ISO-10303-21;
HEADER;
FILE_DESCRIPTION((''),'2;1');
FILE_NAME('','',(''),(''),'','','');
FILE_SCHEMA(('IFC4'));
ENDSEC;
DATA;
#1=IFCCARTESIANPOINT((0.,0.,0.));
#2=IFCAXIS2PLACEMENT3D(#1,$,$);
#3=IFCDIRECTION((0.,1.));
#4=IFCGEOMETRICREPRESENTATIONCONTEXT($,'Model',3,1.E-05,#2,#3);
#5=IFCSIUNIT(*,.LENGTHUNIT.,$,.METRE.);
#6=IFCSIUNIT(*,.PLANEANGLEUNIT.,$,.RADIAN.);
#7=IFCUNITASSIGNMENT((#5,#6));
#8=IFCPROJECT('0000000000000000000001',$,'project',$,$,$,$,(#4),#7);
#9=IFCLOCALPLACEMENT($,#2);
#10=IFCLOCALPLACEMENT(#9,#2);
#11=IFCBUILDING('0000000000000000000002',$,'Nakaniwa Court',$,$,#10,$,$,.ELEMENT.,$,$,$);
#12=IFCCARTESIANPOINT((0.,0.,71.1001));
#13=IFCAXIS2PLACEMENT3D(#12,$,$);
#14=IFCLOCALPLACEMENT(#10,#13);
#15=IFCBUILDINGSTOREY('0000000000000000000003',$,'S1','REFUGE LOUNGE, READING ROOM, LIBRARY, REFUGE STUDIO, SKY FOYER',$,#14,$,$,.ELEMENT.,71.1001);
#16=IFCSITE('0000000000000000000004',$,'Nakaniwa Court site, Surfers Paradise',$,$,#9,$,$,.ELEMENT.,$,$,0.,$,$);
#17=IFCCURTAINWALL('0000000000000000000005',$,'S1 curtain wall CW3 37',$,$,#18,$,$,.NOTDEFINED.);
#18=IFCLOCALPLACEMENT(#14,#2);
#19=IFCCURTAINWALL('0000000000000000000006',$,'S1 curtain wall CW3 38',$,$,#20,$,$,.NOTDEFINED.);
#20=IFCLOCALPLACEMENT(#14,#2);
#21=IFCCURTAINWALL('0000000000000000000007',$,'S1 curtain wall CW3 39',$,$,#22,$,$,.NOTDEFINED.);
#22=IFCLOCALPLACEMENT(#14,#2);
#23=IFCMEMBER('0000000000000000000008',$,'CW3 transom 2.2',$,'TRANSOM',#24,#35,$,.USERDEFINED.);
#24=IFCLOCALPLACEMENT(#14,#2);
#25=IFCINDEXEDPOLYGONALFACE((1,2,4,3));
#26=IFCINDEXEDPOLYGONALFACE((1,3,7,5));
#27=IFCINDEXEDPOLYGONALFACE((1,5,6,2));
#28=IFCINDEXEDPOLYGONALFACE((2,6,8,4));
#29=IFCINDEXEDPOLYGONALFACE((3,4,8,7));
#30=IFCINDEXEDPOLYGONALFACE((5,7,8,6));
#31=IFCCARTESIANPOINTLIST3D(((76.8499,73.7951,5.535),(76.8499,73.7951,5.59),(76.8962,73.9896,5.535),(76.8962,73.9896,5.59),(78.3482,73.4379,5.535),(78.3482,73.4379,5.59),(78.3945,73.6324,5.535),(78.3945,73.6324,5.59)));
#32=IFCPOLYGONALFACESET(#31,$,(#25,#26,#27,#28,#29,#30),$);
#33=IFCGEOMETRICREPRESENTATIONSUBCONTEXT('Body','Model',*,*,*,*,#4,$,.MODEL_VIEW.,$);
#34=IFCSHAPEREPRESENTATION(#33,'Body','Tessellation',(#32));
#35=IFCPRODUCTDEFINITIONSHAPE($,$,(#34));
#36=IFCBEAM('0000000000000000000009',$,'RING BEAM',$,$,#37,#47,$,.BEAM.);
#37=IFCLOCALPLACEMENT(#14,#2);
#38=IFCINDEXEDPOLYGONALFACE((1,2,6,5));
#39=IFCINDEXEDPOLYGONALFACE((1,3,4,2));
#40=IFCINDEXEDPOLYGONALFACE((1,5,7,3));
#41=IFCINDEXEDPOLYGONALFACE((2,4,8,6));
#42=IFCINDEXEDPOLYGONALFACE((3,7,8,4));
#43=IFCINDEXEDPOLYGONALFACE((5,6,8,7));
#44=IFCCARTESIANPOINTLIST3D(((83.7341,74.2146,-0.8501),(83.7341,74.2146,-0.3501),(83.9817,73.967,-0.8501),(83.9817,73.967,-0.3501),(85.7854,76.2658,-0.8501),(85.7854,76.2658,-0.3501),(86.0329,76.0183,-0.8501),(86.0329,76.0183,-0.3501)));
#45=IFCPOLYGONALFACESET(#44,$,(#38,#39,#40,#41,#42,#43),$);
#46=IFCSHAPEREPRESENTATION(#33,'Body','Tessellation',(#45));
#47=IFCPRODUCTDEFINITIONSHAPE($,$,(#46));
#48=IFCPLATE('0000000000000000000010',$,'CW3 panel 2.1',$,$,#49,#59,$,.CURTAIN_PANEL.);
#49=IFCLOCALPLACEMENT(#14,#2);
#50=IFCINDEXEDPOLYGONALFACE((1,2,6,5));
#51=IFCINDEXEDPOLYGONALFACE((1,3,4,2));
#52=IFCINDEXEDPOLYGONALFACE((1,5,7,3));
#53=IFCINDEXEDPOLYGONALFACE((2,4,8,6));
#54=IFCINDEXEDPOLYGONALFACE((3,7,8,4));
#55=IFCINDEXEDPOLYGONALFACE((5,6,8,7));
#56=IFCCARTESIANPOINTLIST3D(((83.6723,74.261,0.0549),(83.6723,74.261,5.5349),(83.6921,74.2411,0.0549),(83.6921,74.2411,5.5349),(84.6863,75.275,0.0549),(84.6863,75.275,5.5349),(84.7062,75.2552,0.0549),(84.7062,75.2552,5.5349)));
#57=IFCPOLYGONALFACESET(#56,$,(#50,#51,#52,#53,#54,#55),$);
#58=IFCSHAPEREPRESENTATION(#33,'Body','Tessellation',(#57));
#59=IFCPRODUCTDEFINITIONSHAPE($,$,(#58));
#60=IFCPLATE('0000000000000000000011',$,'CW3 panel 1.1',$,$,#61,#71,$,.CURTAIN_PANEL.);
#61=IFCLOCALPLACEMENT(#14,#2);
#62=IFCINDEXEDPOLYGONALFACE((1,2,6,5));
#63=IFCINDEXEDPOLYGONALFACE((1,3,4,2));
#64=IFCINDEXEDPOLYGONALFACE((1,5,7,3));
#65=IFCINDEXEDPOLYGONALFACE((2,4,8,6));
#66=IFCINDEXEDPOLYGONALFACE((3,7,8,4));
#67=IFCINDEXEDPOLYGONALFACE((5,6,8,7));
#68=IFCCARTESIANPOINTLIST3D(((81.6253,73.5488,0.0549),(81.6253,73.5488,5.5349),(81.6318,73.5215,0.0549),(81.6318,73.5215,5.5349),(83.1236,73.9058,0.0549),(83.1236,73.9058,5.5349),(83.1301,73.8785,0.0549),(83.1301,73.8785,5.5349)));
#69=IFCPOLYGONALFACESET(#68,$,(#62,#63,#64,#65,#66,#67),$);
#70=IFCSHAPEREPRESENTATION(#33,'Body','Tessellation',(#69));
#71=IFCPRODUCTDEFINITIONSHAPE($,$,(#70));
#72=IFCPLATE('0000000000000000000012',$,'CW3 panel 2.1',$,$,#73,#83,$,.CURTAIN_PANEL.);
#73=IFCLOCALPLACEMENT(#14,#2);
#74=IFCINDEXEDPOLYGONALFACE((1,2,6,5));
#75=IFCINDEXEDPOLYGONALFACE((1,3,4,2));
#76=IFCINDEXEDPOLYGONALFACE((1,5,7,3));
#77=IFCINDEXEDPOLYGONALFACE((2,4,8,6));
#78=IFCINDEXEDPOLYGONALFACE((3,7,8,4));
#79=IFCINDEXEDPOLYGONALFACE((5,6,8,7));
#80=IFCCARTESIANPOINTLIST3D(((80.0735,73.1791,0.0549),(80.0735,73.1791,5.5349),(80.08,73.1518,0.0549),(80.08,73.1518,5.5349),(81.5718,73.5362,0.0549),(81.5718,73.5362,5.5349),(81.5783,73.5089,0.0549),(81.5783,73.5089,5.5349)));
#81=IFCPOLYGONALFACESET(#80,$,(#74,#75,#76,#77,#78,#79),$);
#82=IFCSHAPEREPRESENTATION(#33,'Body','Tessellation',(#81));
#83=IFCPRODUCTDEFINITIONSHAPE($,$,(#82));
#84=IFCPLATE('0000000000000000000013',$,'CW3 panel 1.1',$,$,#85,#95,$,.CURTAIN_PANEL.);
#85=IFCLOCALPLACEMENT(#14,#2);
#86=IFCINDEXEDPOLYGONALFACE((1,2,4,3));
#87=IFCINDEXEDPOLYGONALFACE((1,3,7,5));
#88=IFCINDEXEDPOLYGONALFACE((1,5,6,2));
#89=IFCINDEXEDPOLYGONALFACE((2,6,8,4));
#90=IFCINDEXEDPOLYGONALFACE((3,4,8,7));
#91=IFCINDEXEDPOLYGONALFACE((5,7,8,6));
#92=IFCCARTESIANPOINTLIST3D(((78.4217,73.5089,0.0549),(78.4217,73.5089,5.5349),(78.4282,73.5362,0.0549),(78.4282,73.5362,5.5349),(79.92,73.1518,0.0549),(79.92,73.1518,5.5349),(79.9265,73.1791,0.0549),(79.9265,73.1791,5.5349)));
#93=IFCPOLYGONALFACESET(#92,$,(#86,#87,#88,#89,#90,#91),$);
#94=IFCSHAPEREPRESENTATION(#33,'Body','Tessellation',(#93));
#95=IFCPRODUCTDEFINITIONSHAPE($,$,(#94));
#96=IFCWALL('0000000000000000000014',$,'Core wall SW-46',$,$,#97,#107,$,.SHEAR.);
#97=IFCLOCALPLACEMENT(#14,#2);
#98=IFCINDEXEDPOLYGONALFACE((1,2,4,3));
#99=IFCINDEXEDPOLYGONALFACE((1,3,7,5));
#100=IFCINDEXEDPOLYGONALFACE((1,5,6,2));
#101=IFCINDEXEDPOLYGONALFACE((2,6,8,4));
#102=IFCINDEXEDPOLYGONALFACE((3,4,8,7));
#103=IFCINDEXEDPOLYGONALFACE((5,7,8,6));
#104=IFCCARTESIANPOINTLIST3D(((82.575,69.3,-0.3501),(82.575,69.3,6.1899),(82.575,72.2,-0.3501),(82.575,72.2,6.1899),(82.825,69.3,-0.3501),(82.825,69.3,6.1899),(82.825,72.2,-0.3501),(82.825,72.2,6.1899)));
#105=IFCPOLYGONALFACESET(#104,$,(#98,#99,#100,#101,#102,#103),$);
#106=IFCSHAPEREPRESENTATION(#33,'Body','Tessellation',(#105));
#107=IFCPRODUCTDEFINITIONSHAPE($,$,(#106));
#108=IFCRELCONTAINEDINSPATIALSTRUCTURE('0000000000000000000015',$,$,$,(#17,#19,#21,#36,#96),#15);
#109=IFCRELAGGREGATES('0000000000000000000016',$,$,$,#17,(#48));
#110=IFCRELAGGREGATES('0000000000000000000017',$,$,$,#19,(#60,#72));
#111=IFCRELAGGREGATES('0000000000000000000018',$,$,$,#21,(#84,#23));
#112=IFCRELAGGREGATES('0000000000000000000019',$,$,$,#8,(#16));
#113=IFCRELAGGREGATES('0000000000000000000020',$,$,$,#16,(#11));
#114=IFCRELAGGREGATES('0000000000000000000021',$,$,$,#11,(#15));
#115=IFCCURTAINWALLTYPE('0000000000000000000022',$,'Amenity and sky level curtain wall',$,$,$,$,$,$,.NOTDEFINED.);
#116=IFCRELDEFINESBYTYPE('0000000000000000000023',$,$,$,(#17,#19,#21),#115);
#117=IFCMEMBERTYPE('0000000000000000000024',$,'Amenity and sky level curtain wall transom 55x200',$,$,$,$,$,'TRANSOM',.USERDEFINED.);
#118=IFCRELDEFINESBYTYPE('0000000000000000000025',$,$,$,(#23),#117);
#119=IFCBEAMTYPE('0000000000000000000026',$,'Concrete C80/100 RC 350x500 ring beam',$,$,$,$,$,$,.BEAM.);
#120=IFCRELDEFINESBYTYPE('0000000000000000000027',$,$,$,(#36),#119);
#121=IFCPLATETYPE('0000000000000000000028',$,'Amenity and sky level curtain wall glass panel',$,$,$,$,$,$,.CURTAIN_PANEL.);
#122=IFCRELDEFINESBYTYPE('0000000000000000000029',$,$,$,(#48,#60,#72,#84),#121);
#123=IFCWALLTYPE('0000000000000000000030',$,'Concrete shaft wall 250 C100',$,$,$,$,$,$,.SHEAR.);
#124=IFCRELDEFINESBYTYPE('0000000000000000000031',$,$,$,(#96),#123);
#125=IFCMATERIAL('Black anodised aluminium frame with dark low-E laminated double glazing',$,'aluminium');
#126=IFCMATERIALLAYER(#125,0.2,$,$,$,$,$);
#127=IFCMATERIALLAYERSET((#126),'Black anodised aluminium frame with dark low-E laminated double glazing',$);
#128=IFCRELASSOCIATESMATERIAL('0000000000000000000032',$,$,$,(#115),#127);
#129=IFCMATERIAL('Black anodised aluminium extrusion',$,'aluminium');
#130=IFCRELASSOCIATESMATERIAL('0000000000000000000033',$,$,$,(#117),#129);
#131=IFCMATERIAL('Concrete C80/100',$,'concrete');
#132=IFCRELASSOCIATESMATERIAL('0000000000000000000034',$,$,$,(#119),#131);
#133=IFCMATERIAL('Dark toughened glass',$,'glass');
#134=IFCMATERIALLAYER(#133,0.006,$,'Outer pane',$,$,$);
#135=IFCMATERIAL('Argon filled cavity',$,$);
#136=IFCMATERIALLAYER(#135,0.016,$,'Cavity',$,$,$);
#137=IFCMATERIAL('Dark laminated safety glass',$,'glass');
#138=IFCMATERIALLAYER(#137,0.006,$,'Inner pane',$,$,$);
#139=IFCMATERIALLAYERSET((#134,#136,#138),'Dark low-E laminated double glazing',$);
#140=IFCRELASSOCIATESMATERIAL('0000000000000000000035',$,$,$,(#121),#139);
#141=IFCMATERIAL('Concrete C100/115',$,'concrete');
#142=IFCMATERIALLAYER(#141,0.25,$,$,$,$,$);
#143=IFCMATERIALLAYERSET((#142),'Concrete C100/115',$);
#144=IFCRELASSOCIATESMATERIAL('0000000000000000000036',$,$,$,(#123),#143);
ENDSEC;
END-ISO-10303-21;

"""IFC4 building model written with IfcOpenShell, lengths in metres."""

from ifc_helpers import new_model, si_unit, direction, frame, frame_2d, origin, origin_2d, place, context, subcontext, project, spatial, rectangle, extrude, material, layer, layer_set, material_profile, profile_set, type_object, element, aggregate, save


model = new_model("IFC4")

# Units and contexts
model_context = context("Model", 3, precision=1e-05, world=origin(), true_north=direction((0.0, 1.0)))
body_context = subcontext(model_context, "Body", "Model", "MODEL_VIEW")
ifc_project = project(units=[si_unit("LENGTHUNIT", "METRE"), si_unit("PLANEANGLEUNIT", "RADIAN")], contexts=[model_context])

# Site, building, storey
site_placement = place(None, origin())
site = spatial("IfcSite", under=ifc_project, at=site_placement, Name="Nakaniwa Court site, Surfers Paradise", CompositionType="ELEMENT", RefElevation=0.0)
building_placement = place(site_placement, origin())
building = spatial("IfcBuilding", under=site, at=building_placement, Name="Nakaniwa Court", CompositionType="ELEMENT")
storey_placement = place(building_placement, frame((0.0, 0.0, 71.1001)))
storey = spatial("IfcBuildingStorey", under=building, at=storey_placement, Name="S1", Description="REFUGE LOUNGE, READING ROOM, LIBRARY, REFUGE STUDIO, SKY FOYER", CompositionType="ELEMENT", Elevation=71.1001)

# Shared definitions
ifc_material_1 = material(Name="Concrete C80/100", Category="concrete")

# Curtain wall
ifc_material_2 = material(Name="Black anodised aluminium frame with dark low-E laminated double glazing", Category="aluminium")
ifc_layer_1 = layer(ifc_material_2, 0.2)
ifc_layer_set_1 = layer_set([ifc_layer_1], Name="Black anodised aluminium frame with dark low-E laminated double glazing")
curtain_wall_type = type_object("IfcCurtainWallType", Name="Amenity and sky level curtain wall", PredefinedType="NOTDEFINED", material=ifc_layer_set_1)
curtain_wall_1_placement = place(storey_placement, origin())
curtain_wall_1 = element("IfcCurtainWall", 1, at=curtain_wall_1_placement, inside=storey, type_object=curtain_wall_type, Name="S1 curtain wall CW3 37", PredefinedType="NOTDEFINED")
ifc_material_3 = material(Name="Black anodised aluminium extrusion", Category="aluminium")

# Curtain walls
curtain_wall_2_placement = place(storey_placement, origin())
curtain_wall_2 = element("IfcCurtainWall", 2, at=curtain_wall_2_placement, inside=storey, type_object=curtain_wall_type, Name="S1 curtain wall CW3 38", PredefinedType="NOTDEFINED")
curtain_wall_3_placement = place(storey_placement, origin())
curtain_wall_3 = element("IfcCurtainWall", 3, at=curtain_wall_3_placement, inside=storey, type_object=curtain_wall_type, Name="S1 curtain wall CW3 39", PredefinedType="NOTDEFINED")

# Member
ifc_material_profile_1 = material_profile(ifc_material_3, rectangle(XDim=0.2, YDim=0.0549, at=origin_2d()), Name="Amenity and sky level curtain wall transom 55x200")
ifc_profile_set_1 = profile_set([ifc_material_profile_1], Name="Black anodised aluminium extrusion")
member_type_1 = type_object("IfcMemberType", Name="Amenity and sky level curtain wall transom 55x200", ElementType="TRANSOM", PredefinedType="USERDEFINED", material=ifc_profile_set_1)
member_1_placement = place(storey_placement, frame((78.3713, 73.5352, 5.5625), z_axis=(-0.972742, 0.231892, 0.0), x_axis=(-0.231892, -0.972742, 0.0)))
member_1 = element("IfcMember", 4, at=member_1_placement, type_object=member_type_1, Name="CW3 transom 2.2", ObjectType="TRANSOM", PredefinedType="USERDEFINED", context=body_context, shape_type="SweptSolid", body=[
    extrude(rectangle(XDim=0.2, YDim=0.0549, at=origin_2d()), origin(), (0.0, 0.0, 1.0), 1.5403),
])

# Beam
ifc_material_profile_2 = material_profile(ifc_material_1, rectangle(XDim=0.3501, YDim=0.5, at=origin_2d()), Name="Concrete C80/100 RC 350x500 ring beam")
ifc_profile_set_2 = profile_set([ifc_material_profile_2], Name="Concrete C80/100")
beam_type = type_object("IfcBeamType", Name="Concrete C80/100 RC 350x500 ring beam", PredefinedType="BEAM", material=ifc_profile_set_2)
beam_placement = place(storey_placement, frame((83.8579, 74.0908, -0.6001), z_axis=(0.707107, 0.707107, 0.0), x_axis=(-0.707107, 0.707107, 0.0)))
element("IfcBeam", 5, at=beam_placement, inside=storey, type_object=beam_type, Name="RING BEAM", PredefinedType="BEAM", context=body_context, shape_type="SweptSolid", body=[
    extrude(rectangle(XDim=0.3501, YDim=0.5, at=origin_2d()), origin(), (0.0, 0.0, 1.0), 2.9009),
])

# Plates
ifc_material_4 = material(Name="Dark toughened glass", Category="glass")
ifc_layer_2 = layer(ifc_material_4, 0.006, Name="Outer pane")
ifc_material_5 = material(Name="Argon filled cavity")
ifc_layer_3 = layer(ifc_material_5, 0.016, Name="Cavity")
ifc_material_6 = material(Name="Dark laminated safety glass", Category="glass")
ifc_layer_4 = layer(ifc_material_6, 0.006, Name="Inner pane")
ifc_layer_set_2 = layer_set([ifc_layer_2, ifc_layer_3, ifc_layer_4], Name="Dark low-E laminated double glazing")
plate_type = type_object("IfcPlateType", Name="Amenity and sky level curtain wall glass panel", PredefinedType="CURTAIN_PANEL", material=ifc_layer_set_2)
plate_1_placement = place(storey_placement, frame((84.1892, 74.7581, 0.0549), z_axis=(0.0, 0.0, 1.0), x_axis=(-0.707107, -0.707107, 0.0)))
plate_1 = element("IfcPlate", 6, at=plate_1_placement, type_object=plate_type, Name="CW3 panel 2.1", PredefinedType="CURTAIN_PANEL", context=body_context, shape_type="SweptSolid", body=[
    extrude(rectangle(XDim=1.4341, YDim=0.0281, at=origin_2d()), origin(), (0.0, 0.0, 1.0), 5.48),
])
aggregate(curtain_wall_1, [plate_1])
plate_2_placement = place(storey_placement, frame((82.3777, 73.7136, 0.0549), z_axis=(0.0, 0.0, 1.0), x_axis=(-0.972766, -0.231791, 0.0)))
plate_2 = element("IfcPlate", 7, at=plate_2_placement, type_object=plate_type, Name="CW3 panel 1.1", PredefinedType="CURTAIN_PANEL", context=body_context, shape_type="SweptSolid", body=[
    extrude(rectangle(XDim=1.5403, YDim=0.0281, at=origin_2d()), origin(), (0.0, 0.0, 1.0), 5.48),
])
plate_3_placement = place(storey_placement, frame((80.8259, 73.344, 0.0549), z_axis=(0.0, 0.0, 1.0), x_axis=(-0.972766, -0.231791, 0.0)))
plate_3 = element("IfcPlate", 8, at=plate_3_placement, type_object=plate_type, Name="CW3 panel 2.1", PredefinedType="CURTAIN_PANEL", context=body_context, shape_type="SweptSolid", body=[
    extrude(rectangle(XDim=1.5403, YDim=0.0281, at=origin_2d()), origin(), (0.0, 0.0, 1.0), 5.48),
])
aggregate(curtain_wall_2, [plate_2, plate_3])
plate_4_placement = place(storey_placement, frame((79.1741, 73.344, 0.0549), z_axis=(0.0, 0.0, 1.0), x_axis=(-0.972766, 0.231791, 0.0)))
plate_4 = element("IfcPlate", 9, at=plate_4_placement, type_object=plate_type, Name="CW3 panel 1.1", PredefinedType="CURTAIN_PANEL", context=body_context, shape_type="SweptSolid", body=[
    extrude(rectangle(XDim=1.5403, YDim=0.0281, at=origin_2d()), origin(), (0.0, 0.0, 1.0), 5.48),
])
aggregate(curtain_wall_3, [plate_4, member_1])

# Wall
ifc_material_7 = material(Name="Concrete C100/115", Category="concrete")
ifc_layer_5 = layer(ifc_material_7, 0.25)
ifc_layer_set_3 = layer_set([ifc_layer_5], Name="Concrete C100/115")
wall_type = type_object("IfcWallType", Name="Concrete shaft wall 250 C100", PredefinedType="SHEAR", material=ifc_layer_set_3)
wall_placement = place(storey_placement, frame((82.7, 69.3, -0.3501), z_axis=(0.0, 0.0, 1.0), x_axis=(0.0, 1.0, 0.0)))
element("IfcWall", 10, at=wall_placement, inside=storey, type_object=wall_type, Name="Core wall SW-46", PredefinedType="SHEAR", context=body_context, shape_type="SweptSolid", body=[
    extrude(rectangle(XDim=2.8999, YDim=0.25, at=frame_2d((1.45, 0.0))), origin(), (0.0, 0.0, 1.0), 6.54),
])

save(model, "model.ifc")
